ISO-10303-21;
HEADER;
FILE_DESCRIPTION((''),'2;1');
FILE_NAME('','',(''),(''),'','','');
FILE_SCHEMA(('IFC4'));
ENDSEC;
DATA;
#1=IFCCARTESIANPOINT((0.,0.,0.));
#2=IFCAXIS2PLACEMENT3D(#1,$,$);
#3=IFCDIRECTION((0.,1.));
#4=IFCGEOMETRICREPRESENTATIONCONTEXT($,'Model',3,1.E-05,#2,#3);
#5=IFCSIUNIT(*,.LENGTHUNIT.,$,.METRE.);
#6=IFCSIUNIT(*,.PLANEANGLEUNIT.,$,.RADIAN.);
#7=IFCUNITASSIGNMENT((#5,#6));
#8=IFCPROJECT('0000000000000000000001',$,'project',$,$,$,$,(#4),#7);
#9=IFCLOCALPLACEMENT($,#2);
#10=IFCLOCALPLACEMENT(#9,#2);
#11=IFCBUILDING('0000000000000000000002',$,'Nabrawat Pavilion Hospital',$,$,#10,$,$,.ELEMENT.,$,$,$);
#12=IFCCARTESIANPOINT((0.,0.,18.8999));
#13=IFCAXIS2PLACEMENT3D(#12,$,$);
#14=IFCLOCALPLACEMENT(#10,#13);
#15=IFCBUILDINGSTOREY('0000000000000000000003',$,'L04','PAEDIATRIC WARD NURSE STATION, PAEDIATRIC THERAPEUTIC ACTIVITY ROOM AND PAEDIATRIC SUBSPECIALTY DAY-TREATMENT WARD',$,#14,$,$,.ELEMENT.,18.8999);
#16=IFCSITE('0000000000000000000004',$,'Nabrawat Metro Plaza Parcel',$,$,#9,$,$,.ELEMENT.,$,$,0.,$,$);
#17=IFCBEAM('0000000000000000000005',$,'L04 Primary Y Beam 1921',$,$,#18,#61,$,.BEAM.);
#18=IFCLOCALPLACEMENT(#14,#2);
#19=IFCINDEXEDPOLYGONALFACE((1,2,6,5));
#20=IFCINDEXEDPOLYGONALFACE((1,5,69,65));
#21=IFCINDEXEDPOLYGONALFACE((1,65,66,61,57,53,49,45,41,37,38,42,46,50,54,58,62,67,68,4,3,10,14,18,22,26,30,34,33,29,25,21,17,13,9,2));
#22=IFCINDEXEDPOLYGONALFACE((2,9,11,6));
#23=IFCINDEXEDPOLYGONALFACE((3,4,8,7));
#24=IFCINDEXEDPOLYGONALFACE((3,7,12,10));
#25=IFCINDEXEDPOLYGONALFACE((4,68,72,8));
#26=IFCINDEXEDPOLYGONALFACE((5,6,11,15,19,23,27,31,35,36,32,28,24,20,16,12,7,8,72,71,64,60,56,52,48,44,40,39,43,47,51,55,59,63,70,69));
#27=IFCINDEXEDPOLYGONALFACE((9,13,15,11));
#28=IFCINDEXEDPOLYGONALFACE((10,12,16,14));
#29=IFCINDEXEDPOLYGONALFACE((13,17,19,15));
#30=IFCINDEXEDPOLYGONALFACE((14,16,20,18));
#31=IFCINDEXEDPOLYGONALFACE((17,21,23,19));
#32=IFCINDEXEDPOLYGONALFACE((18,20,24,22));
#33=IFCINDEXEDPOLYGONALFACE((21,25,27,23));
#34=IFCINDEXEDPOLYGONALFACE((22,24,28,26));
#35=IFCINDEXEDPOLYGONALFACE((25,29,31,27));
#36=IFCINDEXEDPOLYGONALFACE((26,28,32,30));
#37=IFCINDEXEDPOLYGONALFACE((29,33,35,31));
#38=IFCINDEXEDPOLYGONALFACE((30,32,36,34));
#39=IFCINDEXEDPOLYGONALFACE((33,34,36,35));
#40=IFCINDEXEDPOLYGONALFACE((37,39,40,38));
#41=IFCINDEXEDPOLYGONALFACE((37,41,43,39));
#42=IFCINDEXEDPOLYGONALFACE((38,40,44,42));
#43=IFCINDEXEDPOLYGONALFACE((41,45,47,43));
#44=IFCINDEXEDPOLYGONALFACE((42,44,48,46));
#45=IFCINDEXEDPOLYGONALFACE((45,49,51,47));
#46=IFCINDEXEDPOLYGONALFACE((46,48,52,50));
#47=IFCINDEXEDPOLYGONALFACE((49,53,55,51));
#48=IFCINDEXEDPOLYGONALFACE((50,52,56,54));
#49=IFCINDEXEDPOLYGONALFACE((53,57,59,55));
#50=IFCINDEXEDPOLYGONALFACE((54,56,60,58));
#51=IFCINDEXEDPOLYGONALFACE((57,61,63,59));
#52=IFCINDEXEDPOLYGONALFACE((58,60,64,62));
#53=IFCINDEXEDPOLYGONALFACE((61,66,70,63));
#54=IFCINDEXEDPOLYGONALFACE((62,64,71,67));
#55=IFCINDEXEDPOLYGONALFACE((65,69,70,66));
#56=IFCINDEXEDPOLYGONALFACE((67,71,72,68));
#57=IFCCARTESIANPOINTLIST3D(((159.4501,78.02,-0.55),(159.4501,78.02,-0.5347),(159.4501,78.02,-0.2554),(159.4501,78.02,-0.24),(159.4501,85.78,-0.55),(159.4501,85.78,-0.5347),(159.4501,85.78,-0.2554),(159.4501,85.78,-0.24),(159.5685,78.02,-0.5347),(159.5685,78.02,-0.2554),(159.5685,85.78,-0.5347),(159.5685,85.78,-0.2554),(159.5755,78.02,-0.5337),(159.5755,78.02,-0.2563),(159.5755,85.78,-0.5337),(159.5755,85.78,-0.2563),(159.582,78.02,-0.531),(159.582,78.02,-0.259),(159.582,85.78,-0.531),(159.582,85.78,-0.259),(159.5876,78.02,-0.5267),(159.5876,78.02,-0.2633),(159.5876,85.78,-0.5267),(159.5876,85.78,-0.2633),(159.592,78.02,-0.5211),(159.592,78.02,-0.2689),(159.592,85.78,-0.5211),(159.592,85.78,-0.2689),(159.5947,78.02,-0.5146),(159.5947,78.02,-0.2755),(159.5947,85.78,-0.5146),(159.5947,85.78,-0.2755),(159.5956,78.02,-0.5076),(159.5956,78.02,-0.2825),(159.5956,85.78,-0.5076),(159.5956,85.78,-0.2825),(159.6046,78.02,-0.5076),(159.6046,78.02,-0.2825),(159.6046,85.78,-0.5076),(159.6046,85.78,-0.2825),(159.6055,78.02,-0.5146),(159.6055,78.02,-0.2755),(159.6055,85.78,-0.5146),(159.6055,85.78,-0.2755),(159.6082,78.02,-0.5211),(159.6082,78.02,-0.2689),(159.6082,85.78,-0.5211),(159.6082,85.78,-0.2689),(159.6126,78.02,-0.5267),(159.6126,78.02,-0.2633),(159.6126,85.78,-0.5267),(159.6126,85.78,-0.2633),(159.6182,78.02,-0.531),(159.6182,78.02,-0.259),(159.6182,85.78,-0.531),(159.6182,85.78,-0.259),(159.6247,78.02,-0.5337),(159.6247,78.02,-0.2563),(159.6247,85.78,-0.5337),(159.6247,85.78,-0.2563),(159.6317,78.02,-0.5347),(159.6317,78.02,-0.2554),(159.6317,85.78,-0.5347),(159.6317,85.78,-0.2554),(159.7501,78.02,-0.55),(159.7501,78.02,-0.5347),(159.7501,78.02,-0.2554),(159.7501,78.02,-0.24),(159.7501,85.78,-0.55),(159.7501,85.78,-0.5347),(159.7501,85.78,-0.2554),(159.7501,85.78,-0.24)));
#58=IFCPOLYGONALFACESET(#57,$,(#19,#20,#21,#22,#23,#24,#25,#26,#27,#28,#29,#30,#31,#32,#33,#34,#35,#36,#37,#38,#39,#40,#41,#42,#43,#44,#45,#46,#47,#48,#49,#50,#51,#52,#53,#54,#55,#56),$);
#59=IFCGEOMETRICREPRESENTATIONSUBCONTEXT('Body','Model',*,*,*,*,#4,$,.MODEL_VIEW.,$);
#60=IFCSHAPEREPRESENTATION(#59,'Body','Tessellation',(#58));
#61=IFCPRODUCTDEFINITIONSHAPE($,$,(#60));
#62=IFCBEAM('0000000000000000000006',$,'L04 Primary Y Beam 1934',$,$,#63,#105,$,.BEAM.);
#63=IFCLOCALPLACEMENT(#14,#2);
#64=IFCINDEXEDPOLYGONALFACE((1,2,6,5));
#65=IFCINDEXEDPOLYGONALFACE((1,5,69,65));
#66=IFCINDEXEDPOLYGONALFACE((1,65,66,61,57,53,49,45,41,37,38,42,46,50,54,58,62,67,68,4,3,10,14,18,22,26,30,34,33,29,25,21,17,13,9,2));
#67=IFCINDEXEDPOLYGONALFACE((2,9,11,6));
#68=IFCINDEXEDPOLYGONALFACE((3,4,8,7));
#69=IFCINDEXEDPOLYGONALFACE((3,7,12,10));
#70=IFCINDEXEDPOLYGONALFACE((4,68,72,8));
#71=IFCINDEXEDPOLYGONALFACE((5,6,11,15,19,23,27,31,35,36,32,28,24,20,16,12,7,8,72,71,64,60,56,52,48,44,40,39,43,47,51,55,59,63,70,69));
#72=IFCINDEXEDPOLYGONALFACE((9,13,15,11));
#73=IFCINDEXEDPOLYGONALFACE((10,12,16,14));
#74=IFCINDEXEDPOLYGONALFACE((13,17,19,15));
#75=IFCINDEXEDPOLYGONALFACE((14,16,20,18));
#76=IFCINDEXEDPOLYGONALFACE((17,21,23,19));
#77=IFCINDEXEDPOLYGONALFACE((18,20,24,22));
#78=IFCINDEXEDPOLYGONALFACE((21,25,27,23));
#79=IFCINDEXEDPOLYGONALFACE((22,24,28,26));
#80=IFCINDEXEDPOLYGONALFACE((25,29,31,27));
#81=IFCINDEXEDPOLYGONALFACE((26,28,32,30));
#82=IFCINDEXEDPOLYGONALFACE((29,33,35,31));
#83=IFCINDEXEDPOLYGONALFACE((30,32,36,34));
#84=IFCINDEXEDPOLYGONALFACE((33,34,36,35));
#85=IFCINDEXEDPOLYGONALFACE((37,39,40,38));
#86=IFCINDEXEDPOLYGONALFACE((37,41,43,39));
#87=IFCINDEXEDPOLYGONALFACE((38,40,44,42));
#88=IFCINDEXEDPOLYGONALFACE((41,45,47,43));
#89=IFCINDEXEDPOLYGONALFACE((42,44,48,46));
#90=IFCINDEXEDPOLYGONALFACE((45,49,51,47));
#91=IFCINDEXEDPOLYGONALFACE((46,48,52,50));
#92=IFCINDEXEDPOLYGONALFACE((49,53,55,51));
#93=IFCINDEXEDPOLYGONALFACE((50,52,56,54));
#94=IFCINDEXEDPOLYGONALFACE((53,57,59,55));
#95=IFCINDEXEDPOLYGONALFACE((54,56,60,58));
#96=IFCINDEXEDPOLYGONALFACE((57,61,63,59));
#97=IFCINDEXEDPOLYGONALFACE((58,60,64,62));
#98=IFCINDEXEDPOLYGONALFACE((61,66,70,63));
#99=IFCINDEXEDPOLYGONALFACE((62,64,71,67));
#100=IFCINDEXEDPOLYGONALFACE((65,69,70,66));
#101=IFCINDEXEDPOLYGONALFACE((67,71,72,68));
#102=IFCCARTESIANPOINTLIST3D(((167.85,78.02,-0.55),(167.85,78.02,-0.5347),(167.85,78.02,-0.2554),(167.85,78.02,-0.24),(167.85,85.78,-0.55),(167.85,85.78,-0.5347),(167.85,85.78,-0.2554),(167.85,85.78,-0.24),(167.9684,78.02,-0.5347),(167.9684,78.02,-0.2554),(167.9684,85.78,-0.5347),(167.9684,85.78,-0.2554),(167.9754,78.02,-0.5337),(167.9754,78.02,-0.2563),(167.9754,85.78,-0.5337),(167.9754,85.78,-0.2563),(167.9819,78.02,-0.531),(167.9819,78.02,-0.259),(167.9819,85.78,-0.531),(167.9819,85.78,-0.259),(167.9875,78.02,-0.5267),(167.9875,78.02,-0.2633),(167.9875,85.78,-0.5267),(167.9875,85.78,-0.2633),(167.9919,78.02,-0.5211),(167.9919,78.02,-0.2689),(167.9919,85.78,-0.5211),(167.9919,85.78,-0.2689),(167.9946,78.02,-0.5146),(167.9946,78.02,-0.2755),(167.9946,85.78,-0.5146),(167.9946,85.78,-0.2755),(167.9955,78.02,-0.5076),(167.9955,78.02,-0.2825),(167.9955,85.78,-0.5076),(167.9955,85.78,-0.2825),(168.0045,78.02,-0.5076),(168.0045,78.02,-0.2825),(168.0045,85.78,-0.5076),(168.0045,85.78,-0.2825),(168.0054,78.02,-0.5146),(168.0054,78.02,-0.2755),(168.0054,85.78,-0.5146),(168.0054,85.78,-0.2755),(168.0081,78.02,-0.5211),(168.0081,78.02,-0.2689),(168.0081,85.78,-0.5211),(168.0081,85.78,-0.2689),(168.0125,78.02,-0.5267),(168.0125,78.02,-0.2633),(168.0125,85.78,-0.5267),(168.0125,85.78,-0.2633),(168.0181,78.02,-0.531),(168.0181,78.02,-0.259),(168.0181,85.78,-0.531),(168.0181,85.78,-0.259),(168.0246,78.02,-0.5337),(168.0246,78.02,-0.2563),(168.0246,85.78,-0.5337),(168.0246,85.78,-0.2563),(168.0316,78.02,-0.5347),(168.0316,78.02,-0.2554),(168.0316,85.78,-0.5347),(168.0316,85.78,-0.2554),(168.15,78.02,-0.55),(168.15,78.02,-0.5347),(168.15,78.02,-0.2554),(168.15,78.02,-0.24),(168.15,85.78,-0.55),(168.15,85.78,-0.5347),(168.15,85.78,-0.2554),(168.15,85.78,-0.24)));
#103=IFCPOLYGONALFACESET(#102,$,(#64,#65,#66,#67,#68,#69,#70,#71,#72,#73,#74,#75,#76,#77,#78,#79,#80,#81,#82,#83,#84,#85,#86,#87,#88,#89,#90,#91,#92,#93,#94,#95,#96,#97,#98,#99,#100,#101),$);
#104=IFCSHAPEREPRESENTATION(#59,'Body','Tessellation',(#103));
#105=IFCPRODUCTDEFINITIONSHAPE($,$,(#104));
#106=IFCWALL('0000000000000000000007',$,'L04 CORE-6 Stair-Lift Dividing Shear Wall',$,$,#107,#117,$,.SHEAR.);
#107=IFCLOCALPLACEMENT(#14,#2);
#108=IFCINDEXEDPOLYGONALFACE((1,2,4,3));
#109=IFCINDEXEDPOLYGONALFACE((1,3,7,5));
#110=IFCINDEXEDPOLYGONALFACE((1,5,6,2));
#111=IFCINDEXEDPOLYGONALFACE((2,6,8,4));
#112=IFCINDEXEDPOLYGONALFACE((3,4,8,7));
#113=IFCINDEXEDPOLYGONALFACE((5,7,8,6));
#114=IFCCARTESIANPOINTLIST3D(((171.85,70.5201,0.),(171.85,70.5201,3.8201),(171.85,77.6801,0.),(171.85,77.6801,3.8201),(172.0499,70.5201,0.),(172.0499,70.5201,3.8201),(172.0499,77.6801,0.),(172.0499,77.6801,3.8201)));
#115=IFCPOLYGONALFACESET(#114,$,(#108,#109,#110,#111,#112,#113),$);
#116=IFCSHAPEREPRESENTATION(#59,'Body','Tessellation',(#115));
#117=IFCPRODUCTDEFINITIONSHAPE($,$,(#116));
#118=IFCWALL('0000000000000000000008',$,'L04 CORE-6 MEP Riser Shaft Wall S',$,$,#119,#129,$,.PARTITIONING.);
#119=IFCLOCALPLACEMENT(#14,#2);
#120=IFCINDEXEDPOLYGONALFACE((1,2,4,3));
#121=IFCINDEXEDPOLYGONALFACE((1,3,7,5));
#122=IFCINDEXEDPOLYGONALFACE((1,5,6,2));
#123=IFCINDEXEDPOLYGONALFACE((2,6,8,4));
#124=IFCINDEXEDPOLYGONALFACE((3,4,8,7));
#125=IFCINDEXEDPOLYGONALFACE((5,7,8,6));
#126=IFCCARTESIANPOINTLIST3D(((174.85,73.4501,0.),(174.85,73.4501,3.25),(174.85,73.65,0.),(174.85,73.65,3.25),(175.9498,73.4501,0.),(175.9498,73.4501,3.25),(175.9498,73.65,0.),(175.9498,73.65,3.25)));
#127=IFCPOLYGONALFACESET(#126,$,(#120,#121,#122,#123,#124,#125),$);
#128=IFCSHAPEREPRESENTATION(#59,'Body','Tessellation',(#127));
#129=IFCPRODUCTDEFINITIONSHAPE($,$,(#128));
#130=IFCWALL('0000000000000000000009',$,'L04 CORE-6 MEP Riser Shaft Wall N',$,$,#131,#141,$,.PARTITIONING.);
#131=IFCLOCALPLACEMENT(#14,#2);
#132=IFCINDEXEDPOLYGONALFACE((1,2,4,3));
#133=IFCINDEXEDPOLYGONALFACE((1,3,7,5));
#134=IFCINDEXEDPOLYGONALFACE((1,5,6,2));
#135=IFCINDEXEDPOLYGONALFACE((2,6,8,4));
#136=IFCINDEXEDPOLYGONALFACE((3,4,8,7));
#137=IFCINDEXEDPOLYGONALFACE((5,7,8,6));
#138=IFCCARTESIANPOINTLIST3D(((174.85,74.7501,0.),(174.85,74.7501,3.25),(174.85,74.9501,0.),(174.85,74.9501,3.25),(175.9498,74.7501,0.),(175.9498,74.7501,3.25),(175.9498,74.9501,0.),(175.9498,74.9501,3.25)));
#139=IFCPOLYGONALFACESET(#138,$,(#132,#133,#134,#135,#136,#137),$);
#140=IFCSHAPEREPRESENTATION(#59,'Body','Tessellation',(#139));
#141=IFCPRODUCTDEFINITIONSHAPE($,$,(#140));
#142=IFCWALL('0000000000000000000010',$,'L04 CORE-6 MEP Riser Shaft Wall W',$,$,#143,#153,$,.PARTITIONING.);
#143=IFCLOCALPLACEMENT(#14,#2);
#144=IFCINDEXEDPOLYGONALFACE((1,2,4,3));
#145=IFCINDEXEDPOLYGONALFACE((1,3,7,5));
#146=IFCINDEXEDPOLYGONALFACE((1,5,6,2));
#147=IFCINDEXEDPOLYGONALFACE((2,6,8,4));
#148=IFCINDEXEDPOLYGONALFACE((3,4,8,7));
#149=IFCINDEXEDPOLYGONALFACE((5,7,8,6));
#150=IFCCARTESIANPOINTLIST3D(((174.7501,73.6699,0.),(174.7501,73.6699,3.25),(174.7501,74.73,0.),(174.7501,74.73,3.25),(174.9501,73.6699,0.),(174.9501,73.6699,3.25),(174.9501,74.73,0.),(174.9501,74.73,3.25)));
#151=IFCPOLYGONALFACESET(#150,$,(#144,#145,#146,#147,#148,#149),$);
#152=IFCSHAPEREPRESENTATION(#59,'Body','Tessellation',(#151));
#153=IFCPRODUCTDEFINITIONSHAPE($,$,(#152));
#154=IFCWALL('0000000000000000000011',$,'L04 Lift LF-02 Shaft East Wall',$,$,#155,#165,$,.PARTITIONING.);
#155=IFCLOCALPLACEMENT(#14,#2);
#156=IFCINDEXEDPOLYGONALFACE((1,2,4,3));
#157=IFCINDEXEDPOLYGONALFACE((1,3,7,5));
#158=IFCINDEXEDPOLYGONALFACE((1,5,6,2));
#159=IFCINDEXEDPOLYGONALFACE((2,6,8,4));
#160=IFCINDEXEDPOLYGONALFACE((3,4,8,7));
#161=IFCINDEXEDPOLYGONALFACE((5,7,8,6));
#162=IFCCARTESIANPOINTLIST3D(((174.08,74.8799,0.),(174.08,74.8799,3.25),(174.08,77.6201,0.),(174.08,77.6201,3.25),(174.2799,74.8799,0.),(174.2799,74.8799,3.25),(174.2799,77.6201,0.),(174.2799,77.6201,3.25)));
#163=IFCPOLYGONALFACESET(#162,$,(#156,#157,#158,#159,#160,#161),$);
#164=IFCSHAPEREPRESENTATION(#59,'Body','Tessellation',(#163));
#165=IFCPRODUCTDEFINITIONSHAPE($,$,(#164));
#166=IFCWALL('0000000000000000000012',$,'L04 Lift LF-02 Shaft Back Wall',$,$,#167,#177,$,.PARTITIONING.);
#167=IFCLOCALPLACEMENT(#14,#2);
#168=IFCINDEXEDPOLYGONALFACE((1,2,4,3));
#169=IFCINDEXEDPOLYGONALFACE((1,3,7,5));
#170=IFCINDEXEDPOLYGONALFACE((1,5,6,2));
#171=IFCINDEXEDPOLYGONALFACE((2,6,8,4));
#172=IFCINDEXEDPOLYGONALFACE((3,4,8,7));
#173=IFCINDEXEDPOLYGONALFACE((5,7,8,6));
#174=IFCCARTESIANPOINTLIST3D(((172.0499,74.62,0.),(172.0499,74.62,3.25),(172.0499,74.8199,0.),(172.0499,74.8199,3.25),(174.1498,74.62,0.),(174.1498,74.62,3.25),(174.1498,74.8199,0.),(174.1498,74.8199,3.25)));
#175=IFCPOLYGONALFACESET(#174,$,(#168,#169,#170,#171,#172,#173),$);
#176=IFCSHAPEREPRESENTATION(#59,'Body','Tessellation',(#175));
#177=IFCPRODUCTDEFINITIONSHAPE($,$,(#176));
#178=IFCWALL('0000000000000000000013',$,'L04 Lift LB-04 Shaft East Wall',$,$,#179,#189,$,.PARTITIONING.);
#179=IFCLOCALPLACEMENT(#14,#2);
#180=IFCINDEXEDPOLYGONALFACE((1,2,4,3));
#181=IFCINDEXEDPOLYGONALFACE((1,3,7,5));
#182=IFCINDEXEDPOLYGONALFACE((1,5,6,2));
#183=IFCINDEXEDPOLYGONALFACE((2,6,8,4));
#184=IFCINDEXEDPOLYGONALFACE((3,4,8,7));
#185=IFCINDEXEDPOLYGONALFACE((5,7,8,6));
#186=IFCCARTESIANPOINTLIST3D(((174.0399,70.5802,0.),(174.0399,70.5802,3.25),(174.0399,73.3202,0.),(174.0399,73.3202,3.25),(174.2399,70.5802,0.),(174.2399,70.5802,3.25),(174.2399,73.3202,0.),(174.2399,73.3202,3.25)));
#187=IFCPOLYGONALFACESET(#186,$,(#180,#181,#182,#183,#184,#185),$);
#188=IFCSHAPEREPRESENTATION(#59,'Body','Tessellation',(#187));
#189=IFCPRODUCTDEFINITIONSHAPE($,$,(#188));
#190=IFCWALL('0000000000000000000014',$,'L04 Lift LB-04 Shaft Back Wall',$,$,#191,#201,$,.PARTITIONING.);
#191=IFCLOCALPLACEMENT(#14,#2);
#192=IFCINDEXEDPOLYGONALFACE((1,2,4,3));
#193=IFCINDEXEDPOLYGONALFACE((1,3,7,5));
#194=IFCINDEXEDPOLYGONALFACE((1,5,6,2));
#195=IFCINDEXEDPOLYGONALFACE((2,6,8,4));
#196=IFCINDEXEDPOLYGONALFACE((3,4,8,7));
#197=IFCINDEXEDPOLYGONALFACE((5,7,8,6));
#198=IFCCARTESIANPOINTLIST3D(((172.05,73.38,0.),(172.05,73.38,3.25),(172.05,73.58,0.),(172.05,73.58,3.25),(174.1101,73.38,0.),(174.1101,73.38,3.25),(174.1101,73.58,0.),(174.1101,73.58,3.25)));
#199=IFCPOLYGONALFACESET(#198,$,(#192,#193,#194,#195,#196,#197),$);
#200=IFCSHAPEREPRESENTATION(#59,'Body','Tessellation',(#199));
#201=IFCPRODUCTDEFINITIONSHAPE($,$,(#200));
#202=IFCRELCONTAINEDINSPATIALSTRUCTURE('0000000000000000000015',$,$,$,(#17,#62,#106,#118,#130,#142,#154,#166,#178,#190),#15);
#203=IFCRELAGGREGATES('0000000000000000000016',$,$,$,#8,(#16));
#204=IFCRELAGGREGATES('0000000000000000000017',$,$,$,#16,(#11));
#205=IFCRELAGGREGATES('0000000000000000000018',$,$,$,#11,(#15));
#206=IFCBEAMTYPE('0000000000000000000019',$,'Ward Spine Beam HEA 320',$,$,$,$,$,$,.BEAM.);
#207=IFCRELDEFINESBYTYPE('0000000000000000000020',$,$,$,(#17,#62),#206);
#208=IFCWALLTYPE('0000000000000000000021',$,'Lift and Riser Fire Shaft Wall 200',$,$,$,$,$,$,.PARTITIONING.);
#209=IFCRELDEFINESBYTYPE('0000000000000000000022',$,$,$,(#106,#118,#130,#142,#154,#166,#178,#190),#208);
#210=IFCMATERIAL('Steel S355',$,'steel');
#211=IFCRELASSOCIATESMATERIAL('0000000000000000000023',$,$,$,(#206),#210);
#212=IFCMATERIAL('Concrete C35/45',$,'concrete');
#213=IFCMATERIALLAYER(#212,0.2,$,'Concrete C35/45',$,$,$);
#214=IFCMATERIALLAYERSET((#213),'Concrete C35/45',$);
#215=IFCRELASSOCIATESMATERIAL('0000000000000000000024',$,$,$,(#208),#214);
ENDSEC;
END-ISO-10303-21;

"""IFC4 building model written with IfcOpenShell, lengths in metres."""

from ifc_helpers import new_model, si_unit, direction, frame, frame_2d, origin, origin_2d, place, context, subcontext, project, spatial, rectangle, i_section, extrude, material, layer, layer_set, material_profile, profile_set, type_object, element, save


model = new_model("IFC4")

# Units and contexts
model_context = context("Model", 3, precision=1e-05, world=origin(), true_north=direction((0.0, 1.0)))
body_context = subcontext(model_context, "Body", "Model", "MODEL_VIEW")
ifc_project = project(units=[si_unit("LENGTHUNIT", "METRE"), si_unit("PLANEANGLEUNIT", "RADIAN")], contexts=[model_context])

# Site, building, storey
site_placement = place(None, origin())
site = spatial("IfcSite", under=ifc_project, at=site_placement, Name="Nabrawat Metro Plaza Parcel", CompositionType="ELEMENT", RefElevation=0.0)
building_placement = place(site_placement, origin())
building = spatial("IfcBuilding", under=site, at=building_placement, Name="Nabrawat Pavilion Hospital", CompositionType="ELEMENT")
storey_placement = place(building_placement, frame((0.0, 0.0, 18.8999)))
storey = spatial("IfcBuildingStorey", under=building, at=storey_placement, Name="L04", Description="PAEDIATRIC WARD NURSE STATION, PAEDIATRIC THERAPEUTIC ACTIVITY ROOM AND PAEDIATRIC SUBSPECIALTY DAY-TREATMENT WARD", CompositionType="ELEMENT", Elevation=18.8999)

# Shared definitions
ifc_material_1 = material(Name="Steel S355", Category="steel")

# Beams
ifc_material_profile_1 = material_profile(ifc_material_1, i_section(OverallWidth=0.3, OverallDepth=0.3101, WebThickness=0.009, FlangeThickness=0.0154, FilletRadius=0.0271, at=origin_2d()), Name="HEA 320")
ifc_profile_set_1 = profile_set([ifc_material_profile_1], Name="Steel S355")
beam_type_1 = type_object("IfcBeamType", Name="Ward Spine Beam HEA 320", PredefinedType="BEAM", material=ifc_profile_set_1)
for number, where, z_axis, x_axis, name in (
    (1, (159.6001, 78.02, -0.395), (0.0, 1.0, 0.0), (-1.0, 0.0, 0.0), "L04 Primary Y Beam 1921"),
    (2, (168.0, 78.02, -0.395), (0.0, 1.0, 0.0), (-1.0, 0.0, 0.0), "L04 Primary Y Beam 1934"),
):
    element("IfcBeam", number, at=place(storey_placement, frame(where, z_axis=z_axis, x_axis=x_axis)), inside=storey, type_object=beam_type_1, Name=name, PredefinedType="BEAM", context=body_context, shape_type="SweptSolid", body=[
        extrude(i_section(OverallWidth=0.3, OverallDepth=0.3101, WebThickness=0.009, FlangeThickness=0.0154, FilletRadius=0.0271, at=origin_2d()), origin(), (0.0, 0.0, 1.0), 7.76),
    ])

# Walls
ifc_material_2 = material(Name="Concrete C35/45", Category="concrete")
ifc_layer_1 = layer(ifc_material_2, 0.2, Name="Concrete C35/45")
ifc_layer_set_1 = layer_set([ifc_layer_1], Name="Concrete C35/45")
wall_type_1 = type_object("IfcWallType", Name="Lift and Riser Fire Shaft Wall 200", PredefinedType="PARTITIONING", material=ifc_layer_set_1)
wall_1_placement = place(storey_placement, frame((171.95, 70.52, 0.0), z_axis=(0.0, 0.0, 1.0), x_axis=(0.0, 1.0, 0.0)))
element("IfcWall", 3, at=wall_1_placement, inside=storey, type_object=wall_type_1, Name="L04 CORE-6 Stair-Lift Dividing Shear Wall", PredefinedType="SHEAR", context=body_context, shape_type="SweptSolid", body=[
    extrude(rectangle(XDim=7.1599, YDim=0.2, at=frame_2d((3.5801, 0.0))), origin(), (0.0, 0.0, 1.0), 3.8201),
])
for number, where, z_axis, x_axis, name in (
    (4, (174.8501, 73.55, 0.0), (0.0, 0.0, 1.0), (1.0, 0.0, 0.0), "L04 CORE-6 MEP Riser Shaft Wall S"),
    (5, (174.8501, 74.8501, 0.0), (0.0, 0.0, 1.0), (1.0, 0.0, 0.0), "L04 CORE-6 MEP Riser Shaft Wall N"),
):
    element("IfcWall", number, at=place(storey_placement, frame(where, z_axis=z_axis, x_axis=x_axis)), inside=storey, type_object=wall_type_1, Name=name, PredefinedType="PARTITIONING", context=body_context, shape_type="SweptSolid", body=[
        extrude(rectangle(XDim=1.0999, YDim=0.2, at=frame_2d((0.5498, 0.0))), origin(), (0.0, 0.0, 1.0), 3.25),
    ])
wall_2_placement = place(storey_placement, frame((174.8501, 73.6699, 0.0), z_axis=(0.0, 0.0, 1.0), x_axis=(0.0, 1.0, 0.0)))
element("IfcWall", 6, at=wall_2_placement, inside=storey, type_object=wall_type_1, Name="L04 CORE-6 MEP Riser Shaft Wall W", PredefinedType="PARTITIONING", context=body_context, shape_type="SweptSolid", body=[
    extrude(rectangle(XDim=1.0601, YDim=0.2, at=frame_2d((0.53, 0.0))), origin(), (0.0, 0.0, 1.0), 3.25),
])
wall_3_placement = place(storey_placement, frame((174.1799, 74.8799, 0.0), z_axis=(0.0, 0.0, 1.0), x_axis=(0.0, 1.0, 0.0)))
element("IfcWall", 7, at=wall_3_placement, inside=storey, type_object=wall_type_1, Name="L04 Lift LF-02 Shaft East Wall", PredefinedType="PARTITIONING", context=body_context, shape_type="SweptSolid", body=[
    extrude(rectangle(XDim=2.7402, YDim=0.2, at=frame_2d((1.3701, 0.0))), origin(), (0.0, 0.0, 1.0), 3.25),
])
wall_4_placement = place(storey_placement, frame((172.05, 74.72, 0.0), z_axis=(0.0, 0.0, 1.0), x_axis=(1.0, 0.0, 0.0)))
element("IfcWall", 8, at=wall_4_placement, inside=storey, type_object=wall_type_1, Name="L04 Lift LF-02 Shaft Back Wall", PredefinedType="PARTITIONING", context=body_context, shape_type="SweptSolid", body=[
    extrude(rectangle(XDim=2.0999, YDim=0.2, at=frame_2d((1.0498, 0.0))), origin(), (0.0, 0.0, 1.0), 3.25),
])
wall_5_placement = place(storey_placement, frame((174.1399, 70.5801, 0.0), z_axis=(0.0, 0.0, 1.0), x_axis=(0.0, 1.0, 0.0)))
element("IfcWall", 9, at=wall_5_placement, inside=storey, type_object=wall_type_1, Name="L04 Lift LB-04 Shaft East Wall", PredefinedType="PARTITIONING", context=body_context, shape_type="SweptSolid", body=[
    extrude(rectangle(XDim=2.74, YDim=0.2, at=frame_2d((1.3701, 0.0))), origin(), (0.0, 0.0, 1.0), 3.25),
])
wall_6_placement = place(storey_placement, frame((172.05, 73.48, 0.0), z_axis=(0.0, 0.0, 1.0), x_axis=(1.0, 0.0, 0.0)))
element("IfcWall", 10, at=wall_6_placement, inside=storey, type_object=wall_type_1, Name="L04 Lift LB-04 Shaft Back Wall", PredefinedType="PARTITIONING", context=body_context, shape_type="SweptSolid", body=[
    extrude(rectangle(XDim=2.0601, YDim=0.2, at=frame_2d((1.03, 0.0))), origin(), (0.0, 0.0, 1.0), 3.25),
])

save(model, "model.ifc")
